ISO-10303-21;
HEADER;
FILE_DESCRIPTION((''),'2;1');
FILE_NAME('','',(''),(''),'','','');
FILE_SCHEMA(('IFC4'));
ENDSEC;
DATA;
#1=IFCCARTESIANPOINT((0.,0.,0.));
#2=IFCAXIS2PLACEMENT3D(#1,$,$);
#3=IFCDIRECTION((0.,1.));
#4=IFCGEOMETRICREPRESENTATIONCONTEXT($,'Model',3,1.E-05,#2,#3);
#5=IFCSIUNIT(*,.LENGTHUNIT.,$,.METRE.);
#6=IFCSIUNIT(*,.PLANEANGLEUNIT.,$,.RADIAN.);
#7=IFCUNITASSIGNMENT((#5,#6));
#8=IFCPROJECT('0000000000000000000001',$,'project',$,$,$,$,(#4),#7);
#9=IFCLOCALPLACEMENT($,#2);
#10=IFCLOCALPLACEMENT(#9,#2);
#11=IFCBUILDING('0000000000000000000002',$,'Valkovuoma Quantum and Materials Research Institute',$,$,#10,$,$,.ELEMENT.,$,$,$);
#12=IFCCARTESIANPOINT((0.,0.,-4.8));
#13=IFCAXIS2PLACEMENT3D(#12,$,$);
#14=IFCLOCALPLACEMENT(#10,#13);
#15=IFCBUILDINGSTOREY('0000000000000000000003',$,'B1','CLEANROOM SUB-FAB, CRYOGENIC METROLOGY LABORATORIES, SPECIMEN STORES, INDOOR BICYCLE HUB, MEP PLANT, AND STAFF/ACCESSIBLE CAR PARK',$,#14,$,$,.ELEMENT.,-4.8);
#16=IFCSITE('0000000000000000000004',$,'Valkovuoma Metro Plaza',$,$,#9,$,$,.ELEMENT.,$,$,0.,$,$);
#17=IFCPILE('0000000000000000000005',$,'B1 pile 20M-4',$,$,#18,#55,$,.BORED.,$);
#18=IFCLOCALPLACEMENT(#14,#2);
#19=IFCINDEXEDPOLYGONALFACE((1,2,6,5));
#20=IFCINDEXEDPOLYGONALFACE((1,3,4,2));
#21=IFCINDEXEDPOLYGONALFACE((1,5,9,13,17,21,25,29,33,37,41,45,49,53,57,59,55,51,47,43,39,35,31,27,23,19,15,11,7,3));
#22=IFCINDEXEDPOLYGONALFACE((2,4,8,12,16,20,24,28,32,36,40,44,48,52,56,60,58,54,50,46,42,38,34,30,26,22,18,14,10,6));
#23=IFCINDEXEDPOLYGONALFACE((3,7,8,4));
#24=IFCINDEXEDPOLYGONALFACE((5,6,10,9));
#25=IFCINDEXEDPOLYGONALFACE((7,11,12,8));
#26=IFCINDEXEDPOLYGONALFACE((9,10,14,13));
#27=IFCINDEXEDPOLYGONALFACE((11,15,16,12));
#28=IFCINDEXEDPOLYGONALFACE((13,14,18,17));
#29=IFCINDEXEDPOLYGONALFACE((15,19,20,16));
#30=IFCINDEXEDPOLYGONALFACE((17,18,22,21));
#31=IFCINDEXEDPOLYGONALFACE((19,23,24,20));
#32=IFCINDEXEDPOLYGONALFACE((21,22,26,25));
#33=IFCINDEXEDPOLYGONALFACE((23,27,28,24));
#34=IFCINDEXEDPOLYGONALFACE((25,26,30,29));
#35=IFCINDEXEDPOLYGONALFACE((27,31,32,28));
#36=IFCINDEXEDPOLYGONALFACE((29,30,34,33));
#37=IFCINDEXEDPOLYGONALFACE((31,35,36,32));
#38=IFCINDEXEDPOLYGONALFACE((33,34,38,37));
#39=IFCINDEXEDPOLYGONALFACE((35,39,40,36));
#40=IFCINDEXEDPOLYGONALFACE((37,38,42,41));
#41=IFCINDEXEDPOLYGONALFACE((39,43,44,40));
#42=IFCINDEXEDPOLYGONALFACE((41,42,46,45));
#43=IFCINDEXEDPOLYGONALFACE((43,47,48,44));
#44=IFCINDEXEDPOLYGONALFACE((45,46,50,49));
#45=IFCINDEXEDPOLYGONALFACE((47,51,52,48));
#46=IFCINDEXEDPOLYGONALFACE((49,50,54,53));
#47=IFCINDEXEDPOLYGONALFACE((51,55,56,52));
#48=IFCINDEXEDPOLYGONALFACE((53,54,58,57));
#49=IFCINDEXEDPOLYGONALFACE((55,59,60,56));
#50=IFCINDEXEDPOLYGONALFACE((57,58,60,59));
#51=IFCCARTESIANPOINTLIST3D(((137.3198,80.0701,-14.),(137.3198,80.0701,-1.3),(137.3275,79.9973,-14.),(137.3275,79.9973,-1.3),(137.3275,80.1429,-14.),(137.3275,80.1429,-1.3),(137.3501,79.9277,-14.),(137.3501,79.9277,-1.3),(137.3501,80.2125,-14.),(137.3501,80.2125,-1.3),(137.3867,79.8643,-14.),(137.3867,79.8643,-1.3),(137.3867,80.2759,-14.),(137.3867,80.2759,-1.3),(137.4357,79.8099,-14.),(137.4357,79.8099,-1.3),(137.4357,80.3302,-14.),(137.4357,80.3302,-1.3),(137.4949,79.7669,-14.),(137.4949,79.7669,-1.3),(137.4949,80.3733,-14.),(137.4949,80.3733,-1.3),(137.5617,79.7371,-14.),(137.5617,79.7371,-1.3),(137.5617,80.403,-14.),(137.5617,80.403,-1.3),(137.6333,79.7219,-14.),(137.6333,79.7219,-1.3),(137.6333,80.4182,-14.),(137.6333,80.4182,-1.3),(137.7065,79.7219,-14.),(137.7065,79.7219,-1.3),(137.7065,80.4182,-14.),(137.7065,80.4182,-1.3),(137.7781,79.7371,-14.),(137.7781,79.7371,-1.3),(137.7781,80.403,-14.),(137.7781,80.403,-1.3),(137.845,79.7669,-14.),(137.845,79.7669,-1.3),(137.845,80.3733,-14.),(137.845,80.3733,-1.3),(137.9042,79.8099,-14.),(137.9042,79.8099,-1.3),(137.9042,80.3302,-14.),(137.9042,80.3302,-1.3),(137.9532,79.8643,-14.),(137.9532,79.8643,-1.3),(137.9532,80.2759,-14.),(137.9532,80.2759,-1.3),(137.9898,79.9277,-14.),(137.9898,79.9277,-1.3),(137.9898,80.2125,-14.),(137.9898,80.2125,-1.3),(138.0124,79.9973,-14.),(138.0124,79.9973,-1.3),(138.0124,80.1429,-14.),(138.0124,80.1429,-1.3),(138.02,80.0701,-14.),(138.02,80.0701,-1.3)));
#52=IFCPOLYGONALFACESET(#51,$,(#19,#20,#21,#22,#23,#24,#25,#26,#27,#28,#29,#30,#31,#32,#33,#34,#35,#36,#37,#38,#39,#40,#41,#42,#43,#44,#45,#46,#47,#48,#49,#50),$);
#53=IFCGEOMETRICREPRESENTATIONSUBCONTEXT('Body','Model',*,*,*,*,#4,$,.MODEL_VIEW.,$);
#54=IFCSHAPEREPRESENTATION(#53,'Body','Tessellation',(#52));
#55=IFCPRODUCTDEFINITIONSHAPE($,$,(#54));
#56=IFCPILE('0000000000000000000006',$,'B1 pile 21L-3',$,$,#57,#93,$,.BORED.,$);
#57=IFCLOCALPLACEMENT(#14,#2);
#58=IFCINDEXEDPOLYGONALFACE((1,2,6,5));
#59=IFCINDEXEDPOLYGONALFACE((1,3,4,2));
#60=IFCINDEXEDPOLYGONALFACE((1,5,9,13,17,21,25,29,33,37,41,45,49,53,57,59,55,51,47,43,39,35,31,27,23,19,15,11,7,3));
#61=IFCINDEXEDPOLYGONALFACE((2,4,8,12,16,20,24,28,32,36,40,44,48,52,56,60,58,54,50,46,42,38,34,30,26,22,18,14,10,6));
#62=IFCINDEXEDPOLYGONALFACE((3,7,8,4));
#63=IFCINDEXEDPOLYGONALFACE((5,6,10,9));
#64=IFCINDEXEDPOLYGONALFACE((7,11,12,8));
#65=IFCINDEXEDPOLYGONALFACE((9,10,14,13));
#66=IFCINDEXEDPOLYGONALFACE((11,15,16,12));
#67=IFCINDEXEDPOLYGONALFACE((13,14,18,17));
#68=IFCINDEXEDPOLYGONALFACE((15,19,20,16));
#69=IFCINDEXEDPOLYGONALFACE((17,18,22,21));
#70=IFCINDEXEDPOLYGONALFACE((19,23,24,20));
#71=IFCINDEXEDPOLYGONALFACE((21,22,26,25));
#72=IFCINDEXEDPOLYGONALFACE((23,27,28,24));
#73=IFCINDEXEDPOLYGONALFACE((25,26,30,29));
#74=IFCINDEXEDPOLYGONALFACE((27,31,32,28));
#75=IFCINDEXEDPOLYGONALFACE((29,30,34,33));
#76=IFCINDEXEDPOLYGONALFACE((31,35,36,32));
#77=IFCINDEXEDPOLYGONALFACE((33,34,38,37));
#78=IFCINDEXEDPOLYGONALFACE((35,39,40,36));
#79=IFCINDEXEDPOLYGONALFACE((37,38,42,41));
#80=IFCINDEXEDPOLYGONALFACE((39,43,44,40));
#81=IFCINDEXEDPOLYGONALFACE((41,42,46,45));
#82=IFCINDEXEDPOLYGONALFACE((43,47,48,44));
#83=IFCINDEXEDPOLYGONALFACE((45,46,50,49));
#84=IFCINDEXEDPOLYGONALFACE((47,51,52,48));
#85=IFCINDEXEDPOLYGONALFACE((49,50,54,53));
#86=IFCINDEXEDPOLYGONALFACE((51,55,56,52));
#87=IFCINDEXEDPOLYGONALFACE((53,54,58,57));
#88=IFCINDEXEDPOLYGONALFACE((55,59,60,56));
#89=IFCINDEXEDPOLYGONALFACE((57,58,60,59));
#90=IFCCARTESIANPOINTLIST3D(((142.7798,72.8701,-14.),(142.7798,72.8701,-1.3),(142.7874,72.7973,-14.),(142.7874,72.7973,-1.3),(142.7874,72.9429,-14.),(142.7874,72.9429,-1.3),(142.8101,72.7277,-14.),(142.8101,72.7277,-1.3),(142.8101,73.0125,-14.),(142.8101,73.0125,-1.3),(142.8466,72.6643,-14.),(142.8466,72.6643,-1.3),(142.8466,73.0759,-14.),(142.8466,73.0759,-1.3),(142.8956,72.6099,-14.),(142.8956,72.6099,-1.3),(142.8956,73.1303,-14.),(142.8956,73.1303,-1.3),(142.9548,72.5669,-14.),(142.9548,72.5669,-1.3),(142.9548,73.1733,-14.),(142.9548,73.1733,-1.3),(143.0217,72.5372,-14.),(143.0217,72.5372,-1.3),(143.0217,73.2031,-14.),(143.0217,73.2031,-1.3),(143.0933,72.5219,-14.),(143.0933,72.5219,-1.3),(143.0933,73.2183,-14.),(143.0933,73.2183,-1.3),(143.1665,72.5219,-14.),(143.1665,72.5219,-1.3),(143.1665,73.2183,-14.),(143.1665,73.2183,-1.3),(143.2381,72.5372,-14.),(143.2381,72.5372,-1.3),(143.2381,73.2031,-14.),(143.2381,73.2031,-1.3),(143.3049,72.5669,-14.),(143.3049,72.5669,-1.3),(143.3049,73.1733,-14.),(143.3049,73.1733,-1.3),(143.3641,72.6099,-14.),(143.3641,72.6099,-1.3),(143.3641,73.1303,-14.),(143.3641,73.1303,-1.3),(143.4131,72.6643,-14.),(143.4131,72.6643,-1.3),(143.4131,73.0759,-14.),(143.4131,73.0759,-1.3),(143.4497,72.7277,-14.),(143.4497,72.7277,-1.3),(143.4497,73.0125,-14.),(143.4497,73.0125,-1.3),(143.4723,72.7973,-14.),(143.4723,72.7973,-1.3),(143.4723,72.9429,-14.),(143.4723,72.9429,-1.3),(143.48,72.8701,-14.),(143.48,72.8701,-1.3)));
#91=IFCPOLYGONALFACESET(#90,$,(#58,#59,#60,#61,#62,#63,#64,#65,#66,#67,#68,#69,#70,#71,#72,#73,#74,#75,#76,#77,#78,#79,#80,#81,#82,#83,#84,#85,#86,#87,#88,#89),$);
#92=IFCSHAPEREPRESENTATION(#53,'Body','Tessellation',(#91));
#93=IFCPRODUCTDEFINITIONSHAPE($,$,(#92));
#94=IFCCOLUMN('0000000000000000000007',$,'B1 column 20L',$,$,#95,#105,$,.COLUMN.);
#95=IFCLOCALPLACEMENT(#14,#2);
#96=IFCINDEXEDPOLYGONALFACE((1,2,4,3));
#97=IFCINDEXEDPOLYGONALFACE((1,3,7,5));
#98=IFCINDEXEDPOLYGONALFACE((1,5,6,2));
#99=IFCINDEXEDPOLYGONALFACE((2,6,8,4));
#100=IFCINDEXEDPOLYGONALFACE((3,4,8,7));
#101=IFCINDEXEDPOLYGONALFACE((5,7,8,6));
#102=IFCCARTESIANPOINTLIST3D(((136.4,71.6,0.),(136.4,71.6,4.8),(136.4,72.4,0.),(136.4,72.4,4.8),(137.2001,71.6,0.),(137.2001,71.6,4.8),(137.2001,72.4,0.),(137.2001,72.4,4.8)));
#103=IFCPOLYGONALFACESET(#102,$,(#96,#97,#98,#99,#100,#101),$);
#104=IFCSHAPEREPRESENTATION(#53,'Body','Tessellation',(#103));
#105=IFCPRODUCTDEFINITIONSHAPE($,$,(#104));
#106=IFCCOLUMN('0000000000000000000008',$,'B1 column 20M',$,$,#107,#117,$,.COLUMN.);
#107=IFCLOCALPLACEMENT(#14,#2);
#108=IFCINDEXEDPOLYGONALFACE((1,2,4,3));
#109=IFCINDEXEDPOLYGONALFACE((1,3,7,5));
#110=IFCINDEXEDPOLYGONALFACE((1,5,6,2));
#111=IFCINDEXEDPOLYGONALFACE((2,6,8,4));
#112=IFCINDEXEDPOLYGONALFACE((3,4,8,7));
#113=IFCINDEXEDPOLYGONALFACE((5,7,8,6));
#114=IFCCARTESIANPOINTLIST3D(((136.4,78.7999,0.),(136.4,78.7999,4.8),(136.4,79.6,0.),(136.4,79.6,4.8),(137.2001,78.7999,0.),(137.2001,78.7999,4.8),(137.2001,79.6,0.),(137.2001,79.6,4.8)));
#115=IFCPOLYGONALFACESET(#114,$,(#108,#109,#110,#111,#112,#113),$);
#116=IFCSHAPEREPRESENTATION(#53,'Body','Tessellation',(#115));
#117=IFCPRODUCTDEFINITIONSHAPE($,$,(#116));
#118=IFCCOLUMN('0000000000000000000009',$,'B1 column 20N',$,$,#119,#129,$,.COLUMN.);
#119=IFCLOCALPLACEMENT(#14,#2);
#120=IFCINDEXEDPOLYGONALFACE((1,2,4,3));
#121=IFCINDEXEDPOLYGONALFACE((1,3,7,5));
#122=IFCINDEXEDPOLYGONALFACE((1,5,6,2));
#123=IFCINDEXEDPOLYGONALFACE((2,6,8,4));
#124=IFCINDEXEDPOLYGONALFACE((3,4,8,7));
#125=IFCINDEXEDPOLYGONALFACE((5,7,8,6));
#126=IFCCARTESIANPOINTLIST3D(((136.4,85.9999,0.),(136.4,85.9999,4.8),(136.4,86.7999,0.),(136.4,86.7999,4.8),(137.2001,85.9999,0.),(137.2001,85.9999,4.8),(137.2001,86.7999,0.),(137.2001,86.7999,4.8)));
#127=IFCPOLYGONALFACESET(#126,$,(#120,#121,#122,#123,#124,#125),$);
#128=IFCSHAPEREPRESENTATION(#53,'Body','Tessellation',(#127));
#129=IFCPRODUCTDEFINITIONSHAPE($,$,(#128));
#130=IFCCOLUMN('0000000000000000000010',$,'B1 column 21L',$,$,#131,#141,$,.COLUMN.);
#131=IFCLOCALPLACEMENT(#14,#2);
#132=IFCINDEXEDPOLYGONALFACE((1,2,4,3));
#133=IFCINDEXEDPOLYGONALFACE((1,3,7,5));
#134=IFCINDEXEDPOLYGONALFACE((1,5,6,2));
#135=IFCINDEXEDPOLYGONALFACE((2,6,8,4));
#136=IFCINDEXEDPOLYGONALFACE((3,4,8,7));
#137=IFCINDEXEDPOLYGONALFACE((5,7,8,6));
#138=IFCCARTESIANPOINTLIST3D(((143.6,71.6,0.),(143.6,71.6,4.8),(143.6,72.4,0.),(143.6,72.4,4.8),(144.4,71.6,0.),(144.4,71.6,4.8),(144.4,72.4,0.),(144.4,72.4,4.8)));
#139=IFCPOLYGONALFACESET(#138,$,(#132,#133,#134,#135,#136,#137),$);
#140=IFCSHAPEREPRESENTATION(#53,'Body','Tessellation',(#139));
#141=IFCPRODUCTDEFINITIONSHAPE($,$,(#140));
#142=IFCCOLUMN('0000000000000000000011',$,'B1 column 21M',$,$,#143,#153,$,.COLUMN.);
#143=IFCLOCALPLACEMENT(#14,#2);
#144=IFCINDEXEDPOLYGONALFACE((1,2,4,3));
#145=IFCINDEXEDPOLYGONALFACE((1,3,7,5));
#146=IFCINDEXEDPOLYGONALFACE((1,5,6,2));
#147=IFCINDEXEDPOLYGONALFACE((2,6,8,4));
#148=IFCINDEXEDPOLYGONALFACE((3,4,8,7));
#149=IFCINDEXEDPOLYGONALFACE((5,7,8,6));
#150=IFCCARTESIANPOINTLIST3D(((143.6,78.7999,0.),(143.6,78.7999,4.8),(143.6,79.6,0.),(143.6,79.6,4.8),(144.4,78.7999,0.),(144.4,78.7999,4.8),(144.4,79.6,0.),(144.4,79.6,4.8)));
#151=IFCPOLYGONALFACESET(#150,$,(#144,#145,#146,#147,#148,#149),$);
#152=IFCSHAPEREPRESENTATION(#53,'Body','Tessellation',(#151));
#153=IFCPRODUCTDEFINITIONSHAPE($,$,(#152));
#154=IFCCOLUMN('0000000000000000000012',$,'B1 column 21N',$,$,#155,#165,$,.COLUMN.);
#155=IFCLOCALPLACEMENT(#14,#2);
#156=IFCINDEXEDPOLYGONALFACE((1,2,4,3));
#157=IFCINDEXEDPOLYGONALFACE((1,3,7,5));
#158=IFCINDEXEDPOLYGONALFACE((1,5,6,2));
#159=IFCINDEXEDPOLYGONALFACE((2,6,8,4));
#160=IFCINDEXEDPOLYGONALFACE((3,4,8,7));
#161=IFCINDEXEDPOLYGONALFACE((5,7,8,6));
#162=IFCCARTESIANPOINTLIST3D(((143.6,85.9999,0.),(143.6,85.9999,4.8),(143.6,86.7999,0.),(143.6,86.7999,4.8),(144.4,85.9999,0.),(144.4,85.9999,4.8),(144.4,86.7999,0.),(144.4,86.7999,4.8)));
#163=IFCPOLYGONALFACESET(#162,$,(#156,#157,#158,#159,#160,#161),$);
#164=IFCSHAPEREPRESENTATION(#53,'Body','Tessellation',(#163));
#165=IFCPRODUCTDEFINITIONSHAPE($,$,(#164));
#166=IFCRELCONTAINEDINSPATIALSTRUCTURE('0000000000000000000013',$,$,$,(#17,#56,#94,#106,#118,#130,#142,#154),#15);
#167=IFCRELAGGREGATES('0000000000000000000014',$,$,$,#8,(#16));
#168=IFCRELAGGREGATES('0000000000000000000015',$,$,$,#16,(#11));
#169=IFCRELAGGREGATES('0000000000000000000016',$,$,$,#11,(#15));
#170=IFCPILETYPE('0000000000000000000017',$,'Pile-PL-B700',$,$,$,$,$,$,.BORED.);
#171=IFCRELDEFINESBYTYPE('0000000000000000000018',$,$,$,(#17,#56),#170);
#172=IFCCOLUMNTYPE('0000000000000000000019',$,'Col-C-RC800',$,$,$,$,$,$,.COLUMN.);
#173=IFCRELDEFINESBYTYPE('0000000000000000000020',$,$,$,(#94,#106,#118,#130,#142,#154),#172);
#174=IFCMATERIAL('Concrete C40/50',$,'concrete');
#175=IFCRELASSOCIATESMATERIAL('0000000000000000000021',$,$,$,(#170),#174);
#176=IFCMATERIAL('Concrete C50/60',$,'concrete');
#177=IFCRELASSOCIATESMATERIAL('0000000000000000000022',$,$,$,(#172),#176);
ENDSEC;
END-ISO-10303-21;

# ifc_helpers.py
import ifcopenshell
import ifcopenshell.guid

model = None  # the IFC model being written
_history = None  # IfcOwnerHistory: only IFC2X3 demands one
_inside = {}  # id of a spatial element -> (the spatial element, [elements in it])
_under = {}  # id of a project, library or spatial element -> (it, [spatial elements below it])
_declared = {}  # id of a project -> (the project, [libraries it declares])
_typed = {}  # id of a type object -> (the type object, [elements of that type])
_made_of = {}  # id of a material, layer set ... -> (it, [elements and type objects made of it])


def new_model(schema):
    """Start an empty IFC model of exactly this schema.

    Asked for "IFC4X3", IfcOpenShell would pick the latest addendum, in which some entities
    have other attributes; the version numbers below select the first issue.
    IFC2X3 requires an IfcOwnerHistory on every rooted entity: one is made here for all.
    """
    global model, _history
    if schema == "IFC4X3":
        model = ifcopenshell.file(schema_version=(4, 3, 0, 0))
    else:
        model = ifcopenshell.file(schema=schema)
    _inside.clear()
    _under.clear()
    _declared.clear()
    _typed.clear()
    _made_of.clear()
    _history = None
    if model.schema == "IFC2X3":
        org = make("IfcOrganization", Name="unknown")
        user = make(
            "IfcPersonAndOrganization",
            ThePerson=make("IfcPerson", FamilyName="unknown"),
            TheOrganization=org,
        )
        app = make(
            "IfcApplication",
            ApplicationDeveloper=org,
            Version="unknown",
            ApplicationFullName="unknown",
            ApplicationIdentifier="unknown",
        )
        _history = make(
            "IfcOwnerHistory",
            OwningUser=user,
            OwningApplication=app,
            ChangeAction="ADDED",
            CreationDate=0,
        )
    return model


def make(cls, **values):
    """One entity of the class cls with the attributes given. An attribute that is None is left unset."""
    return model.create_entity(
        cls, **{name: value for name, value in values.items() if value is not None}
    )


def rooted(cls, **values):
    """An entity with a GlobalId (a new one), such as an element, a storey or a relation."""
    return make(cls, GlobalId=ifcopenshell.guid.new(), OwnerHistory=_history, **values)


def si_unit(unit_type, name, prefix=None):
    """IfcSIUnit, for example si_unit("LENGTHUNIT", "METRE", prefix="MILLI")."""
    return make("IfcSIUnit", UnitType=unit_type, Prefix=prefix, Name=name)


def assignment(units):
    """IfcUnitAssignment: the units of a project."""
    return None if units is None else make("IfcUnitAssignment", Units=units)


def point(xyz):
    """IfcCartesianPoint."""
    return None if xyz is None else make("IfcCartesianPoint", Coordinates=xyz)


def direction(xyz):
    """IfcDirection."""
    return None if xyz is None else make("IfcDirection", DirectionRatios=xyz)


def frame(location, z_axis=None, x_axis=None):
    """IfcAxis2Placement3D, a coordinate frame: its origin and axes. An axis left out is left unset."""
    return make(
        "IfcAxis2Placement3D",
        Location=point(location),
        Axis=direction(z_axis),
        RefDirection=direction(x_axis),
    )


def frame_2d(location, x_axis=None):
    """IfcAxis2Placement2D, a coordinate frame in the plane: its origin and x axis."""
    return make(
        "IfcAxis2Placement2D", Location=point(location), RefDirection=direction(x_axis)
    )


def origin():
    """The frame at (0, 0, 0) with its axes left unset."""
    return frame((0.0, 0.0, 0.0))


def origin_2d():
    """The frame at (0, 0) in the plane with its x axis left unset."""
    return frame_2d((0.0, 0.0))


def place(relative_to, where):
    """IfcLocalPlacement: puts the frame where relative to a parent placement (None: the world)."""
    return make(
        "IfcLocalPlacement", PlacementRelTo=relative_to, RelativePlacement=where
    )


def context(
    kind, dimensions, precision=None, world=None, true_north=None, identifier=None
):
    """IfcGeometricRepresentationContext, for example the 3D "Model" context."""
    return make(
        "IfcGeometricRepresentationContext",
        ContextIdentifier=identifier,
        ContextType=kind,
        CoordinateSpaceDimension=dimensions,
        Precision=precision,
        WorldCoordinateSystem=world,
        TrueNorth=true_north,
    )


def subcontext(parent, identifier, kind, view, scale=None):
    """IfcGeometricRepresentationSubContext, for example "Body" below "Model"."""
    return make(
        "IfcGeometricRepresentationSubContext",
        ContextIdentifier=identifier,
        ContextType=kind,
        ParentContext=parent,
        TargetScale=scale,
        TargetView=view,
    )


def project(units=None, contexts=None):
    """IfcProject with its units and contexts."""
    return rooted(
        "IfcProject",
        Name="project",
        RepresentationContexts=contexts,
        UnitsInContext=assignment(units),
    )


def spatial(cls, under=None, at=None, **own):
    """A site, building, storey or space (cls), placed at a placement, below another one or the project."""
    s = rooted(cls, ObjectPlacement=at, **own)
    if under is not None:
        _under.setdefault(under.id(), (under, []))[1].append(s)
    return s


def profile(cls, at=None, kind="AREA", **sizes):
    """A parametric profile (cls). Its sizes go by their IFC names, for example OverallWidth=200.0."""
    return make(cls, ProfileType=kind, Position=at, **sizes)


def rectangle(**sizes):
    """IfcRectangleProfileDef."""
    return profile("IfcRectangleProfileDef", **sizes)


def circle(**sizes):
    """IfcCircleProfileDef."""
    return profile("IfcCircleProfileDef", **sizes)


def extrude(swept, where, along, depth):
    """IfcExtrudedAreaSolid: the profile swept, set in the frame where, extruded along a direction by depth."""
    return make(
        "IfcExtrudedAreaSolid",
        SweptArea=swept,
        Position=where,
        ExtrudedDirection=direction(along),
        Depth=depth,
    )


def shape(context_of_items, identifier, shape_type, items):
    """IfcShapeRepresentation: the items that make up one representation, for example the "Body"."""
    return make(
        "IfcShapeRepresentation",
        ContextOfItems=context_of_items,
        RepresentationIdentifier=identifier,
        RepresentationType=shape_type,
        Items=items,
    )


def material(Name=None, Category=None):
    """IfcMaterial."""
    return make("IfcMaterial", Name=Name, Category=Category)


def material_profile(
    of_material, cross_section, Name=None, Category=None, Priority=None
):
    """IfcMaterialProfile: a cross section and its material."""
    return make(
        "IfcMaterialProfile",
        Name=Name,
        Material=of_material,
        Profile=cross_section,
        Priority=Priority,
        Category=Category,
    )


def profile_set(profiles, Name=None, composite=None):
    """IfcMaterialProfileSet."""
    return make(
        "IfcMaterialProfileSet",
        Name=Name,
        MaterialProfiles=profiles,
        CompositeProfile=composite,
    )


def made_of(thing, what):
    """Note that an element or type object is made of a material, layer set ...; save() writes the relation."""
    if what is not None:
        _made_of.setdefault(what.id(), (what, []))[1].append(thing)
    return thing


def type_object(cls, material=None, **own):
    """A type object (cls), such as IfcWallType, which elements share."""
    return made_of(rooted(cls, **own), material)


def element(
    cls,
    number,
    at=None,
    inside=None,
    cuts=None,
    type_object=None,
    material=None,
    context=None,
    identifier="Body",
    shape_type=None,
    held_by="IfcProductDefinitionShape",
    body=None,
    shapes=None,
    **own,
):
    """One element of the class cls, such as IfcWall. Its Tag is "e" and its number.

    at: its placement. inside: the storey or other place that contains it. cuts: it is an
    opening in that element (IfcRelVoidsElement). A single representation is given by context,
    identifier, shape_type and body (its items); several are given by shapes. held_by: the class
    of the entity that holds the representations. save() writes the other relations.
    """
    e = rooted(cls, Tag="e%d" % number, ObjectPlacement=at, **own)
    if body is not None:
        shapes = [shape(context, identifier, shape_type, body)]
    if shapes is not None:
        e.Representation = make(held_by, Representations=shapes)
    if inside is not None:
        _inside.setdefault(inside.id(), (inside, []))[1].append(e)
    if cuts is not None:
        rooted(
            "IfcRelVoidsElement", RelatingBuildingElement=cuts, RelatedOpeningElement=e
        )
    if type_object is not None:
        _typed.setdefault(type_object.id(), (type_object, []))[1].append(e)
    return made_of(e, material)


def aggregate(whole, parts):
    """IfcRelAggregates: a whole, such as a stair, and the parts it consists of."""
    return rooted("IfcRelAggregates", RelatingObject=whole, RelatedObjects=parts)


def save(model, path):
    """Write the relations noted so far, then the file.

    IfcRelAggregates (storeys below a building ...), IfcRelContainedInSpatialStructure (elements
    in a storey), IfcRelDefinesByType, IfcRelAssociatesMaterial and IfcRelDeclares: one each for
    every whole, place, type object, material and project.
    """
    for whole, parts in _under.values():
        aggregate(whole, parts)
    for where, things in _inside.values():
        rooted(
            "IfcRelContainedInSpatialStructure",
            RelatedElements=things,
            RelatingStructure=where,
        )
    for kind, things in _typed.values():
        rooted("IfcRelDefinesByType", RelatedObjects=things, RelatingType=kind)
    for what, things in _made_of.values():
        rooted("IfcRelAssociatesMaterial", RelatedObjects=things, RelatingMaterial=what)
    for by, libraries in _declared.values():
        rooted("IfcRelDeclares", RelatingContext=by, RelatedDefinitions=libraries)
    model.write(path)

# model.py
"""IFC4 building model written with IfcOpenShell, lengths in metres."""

from ifc_helpers import new_model, si_unit, direction, frame, origin, origin_2d, place, context, subcontext, project, spatial, rectangle, circle, extrude, material, material_profile, profile_set, type_object, element, save


model = new_model("IFC4")

# Units and contexts
model_context = context("Model", 3, precision=1e-05, world=origin(), true_north=direction((0.0, 1.0)))
body_context = subcontext(model_context, "Body", "Model", "MODEL_VIEW")
ifc_project = project(units=[si_unit("LENGTHUNIT", "METRE"), si_unit("PLANEANGLEUNIT", "RADIAN")], contexts=[model_context])

# Site, building, storey
site_placement = place(None, origin())
site = spatial("IfcSite", under=ifc_project, at=site_placement, Name="Valkovuoma Metro Plaza", CompositionType="ELEMENT", RefElevation=0.0)
building_placement = place(site_placement, origin())
building = spatial("IfcBuilding", under=site, at=building_placement, Name="Valkovuoma Quantum and Materials Research Institute", CompositionType="ELEMENT")
storey_placement = place(building_placement, frame((0.0, 0.0, -4.8)))
storey = spatial("IfcBuildingStorey", under=building, at=storey_placement, Name="B1", Description="CLEANROOM SUB-FAB, CRYOGENIC METROLOGY LABORATORIES, SPECIMEN STORES, INDOOR BICYCLE HUB, MEP PLANT, AND STAFF/ACCESSIBLE CAR PARK", CompositionType="ELEMENT", Elevation=-4.8)

# Piles
ifc_material_1 = material(Name="Concrete C40/50", Category="concrete")
ifc_material_profile_1 = material_profile(ifc_material_1, circle(Radius=0.3501, at=origin_2d()), Name="Concrete C40/50")
ifc_profile_set_1 = profile_set([ifc_material_profile_1], Name="Concrete C40/50")
pile_type_1 = type_object("IfcPileType", Name="Pile-PL-B700", PredefinedType="BORED", material=ifc_profile_set_1)
for number, where, z_axis, x_axis, name in (
    (1, (137.6699, 80.0701, -1.3), (0.0, 0.0, -1.0), (1.0, 0.0, 0.0), "B1 pile 20M-4"),
    (2, (143.1299, 72.8701, -1.3), (0.0, 0.0, -1.0), (1.0, 0.0, 0.0), "B1 pile 21L-3"),
):
    element("IfcPile", number, at=place(storey_placement, frame(where, z_axis=z_axis, x_axis=x_axis)), inside=storey, type_object=pile_type_1, Name=name, PredefinedType="BORED", context=body_context, shape_type="SweptSolid", body=[
        extrude(circle(Radius=0.3501, at=origin_2d()), origin(), (0.0, 0.0, 1.0), 12.7),
    ])

# Columns
ifc_material_2 = material(Name="Concrete C50/60", Category="concrete")
ifc_material_profile_2 = material_profile(ifc_material_2, rectangle(XDim=0.8, YDim=0.8, at=origin_2d()), Name="Concrete C50/60")
ifc_profile_set_2 = profile_set([ifc_material_profile_2], Name="Concrete C50/60")
column_type = type_object("IfcColumnType", Name="Col-C-RC800", PredefinedType="COLUMN", material=ifc_profile_set_2)
for number, where, z_axis, x_axis, name in (
    (3, (136.8, 72.0, 0.0), (0.0, 0.0, 1.0), (1.0, 0.0, 0.0), "B1 column 20L"),
    (4, (136.8, 79.2, 0.0), (0.0, 0.0, 1.0), (1.0, 0.0, 0.0), "B1 column 20M"),
    (5, (136.8, 86.3999, 0.0), (0.0, 0.0, 1.0), (1.0, 0.0, 0.0), "B1 column 20N"),
    (6, (144.0, 72.0, 0.0), (0.0, 0.0, 1.0), (1.0, 0.0, 0.0), "B1 column 21L"),
    (7, (144.0, 79.2, 0.0), (0.0, 0.0, 1.0), (1.0, 0.0, 0.0), "B1 column 21M"),
    (8, (144.0, 86.3999, 0.0), (0.0, 0.0, 1.0), (1.0, 0.0, 0.0), "B1 column 21N"),
):
    element("IfcColumn", number, at=place(storey_placement, frame(where, z_axis=z_axis, x_axis=x_axis)), inside=storey, type_object=column_type, Name=name, PredefinedType="COLUMN", context=body_context, shape_type="SweptSolid", body=[
        extrude(rectangle(XDim=0.8, YDim=0.8, at=origin_2d()), origin(), (0.0, 0.0, 1.0), 4.8),
    ])

save(model, "model.ifc")
